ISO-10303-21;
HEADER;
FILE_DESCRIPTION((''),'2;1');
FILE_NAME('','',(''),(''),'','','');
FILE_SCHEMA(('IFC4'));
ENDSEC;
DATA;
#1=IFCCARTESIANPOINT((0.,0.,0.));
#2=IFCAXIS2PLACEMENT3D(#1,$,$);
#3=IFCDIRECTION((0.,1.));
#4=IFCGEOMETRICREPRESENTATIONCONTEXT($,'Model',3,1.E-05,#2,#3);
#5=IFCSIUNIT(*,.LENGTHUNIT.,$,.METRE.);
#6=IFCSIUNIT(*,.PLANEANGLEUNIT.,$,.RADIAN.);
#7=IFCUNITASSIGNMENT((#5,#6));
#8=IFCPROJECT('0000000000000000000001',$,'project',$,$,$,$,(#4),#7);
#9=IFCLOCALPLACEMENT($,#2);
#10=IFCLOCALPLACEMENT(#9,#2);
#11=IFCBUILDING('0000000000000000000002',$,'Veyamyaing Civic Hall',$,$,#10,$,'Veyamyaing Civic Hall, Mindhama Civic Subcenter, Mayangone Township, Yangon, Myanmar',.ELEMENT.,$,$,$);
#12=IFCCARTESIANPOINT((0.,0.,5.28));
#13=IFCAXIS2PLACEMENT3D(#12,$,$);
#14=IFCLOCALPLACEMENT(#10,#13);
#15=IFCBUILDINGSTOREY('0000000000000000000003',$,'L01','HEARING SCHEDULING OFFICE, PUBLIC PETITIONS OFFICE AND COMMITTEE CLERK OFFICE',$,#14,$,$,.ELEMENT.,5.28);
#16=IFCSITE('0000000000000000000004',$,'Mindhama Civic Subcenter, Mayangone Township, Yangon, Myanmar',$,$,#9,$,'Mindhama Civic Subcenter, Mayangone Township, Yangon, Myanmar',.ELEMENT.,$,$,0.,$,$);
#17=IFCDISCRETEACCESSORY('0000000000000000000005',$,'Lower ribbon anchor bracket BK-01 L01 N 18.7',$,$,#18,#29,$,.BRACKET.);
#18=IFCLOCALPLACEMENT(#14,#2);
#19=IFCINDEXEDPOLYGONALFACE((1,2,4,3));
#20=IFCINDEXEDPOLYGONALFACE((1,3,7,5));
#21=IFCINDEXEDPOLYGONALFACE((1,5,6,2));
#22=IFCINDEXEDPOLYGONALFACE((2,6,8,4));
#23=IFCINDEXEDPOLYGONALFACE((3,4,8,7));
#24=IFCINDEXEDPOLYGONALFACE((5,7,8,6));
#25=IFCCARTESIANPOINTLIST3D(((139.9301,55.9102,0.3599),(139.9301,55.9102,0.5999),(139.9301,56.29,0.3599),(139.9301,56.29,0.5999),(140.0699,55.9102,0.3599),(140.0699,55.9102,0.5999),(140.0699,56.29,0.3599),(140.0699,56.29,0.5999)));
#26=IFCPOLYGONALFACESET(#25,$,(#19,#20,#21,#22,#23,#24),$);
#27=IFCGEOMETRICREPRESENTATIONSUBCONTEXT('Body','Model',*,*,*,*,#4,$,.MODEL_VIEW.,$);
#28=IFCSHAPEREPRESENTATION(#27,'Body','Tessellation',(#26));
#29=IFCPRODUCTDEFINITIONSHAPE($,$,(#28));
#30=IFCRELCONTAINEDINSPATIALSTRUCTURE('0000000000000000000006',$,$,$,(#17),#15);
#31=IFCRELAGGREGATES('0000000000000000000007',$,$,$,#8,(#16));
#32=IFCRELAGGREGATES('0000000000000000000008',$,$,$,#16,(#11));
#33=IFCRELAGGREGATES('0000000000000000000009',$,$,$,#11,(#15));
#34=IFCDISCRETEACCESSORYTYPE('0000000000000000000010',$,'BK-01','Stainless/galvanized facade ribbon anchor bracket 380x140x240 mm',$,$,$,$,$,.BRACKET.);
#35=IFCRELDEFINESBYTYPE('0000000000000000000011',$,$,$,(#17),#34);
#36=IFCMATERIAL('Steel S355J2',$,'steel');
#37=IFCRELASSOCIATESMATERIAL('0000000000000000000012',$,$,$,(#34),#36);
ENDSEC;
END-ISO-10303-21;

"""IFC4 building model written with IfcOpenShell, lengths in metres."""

from ifc_helpers import new_model, si_unit, direction, frame, origin, origin_2d, place, context, subcontext, project, spatial, rectangle, extrude, material, type_object, element, save


model = new_model("IFC4")

# Units and contexts
model_context = context("Model", 3, precision=1e-05, world=origin(), true_north=direction((0.0, 1.0)))
body_context = subcontext(model_context, "Body", "Model", "MODEL_VIEW")
ifc_project = project(units=[si_unit("LENGTHUNIT", "METRE"), si_unit("PLANEANGLEUNIT", "RADIAN")], contexts=[model_context])

# Site, building, storey
site_placement = place(None, origin())
site = spatial("IfcSite", under=ifc_project, at=site_placement, Name="Mindhama Civic Subcenter, Mayangone Township, Yangon, Myanmar", LongName="Mindhama Civic Subcenter, Mayangone Township, Yangon, Myanmar", CompositionType="ELEMENT", RefElevation=0.0)
building_placement = place(site_placement, origin())
building = spatial("IfcBuilding", under=site, at=building_placement, Name="Veyamyaing Civic Hall", LongName="Veyamyaing Civic Hall, Mindhama Civic Subcenter, Mayangone Township, Yangon, Myanmar", CompositionType="ELEMENT")
storey_placement = place(building_placement, frame((0.0, 0.0, 5.28)))
storey = spatial("IfcBuildingStorey", under=building, at=storey_placement, Name="L01", Description="HEARING SCHEDULING OFFICE, PUBLIC PETITIONS OFFICE AND COMMITTEE CLERK OFFICE", CompositionType="ELEMENT", Elevation=5.28)

# Discrete accessory
ifc_material_1 = material(Name="Steel S355J2", Category="steel")
discrete_accessory_type = type_object("IfcDiscreteAccessoryType", Name="BK-01", Description="Stainless/galvanized facade ribbon anchor bracket 380x140x240 mm", PredefinedType="BRACKET", material=ifc_material_1)
for number, where, z_axis, x_axis, name in (
    (1, (140.0, 56.1001, 0.3599), (0.0, 0.0, 1.0), (0.0, 1.0, 0.0), "Lower ribbon anchor bracket BK-01 L01 N 18.7"),
):
    element("IfcDiscreteAccessory", number, at=place(storey_placement, frame(where, z_axis=z_axis, x_axis=x_axis)), inside=storey, type_object=discrete_accessory_type, Name=name, PredefinedType="BRACKET", context=body_context, shape_type="SweptSolid", body=[
        extrude(rectangle(XDim=0.3799, YDim=0.1399, at=origin_2d()), origin(), (0.0, 0.0, 1.0), 0.24),
    ])

save(model, "model.ifc")
